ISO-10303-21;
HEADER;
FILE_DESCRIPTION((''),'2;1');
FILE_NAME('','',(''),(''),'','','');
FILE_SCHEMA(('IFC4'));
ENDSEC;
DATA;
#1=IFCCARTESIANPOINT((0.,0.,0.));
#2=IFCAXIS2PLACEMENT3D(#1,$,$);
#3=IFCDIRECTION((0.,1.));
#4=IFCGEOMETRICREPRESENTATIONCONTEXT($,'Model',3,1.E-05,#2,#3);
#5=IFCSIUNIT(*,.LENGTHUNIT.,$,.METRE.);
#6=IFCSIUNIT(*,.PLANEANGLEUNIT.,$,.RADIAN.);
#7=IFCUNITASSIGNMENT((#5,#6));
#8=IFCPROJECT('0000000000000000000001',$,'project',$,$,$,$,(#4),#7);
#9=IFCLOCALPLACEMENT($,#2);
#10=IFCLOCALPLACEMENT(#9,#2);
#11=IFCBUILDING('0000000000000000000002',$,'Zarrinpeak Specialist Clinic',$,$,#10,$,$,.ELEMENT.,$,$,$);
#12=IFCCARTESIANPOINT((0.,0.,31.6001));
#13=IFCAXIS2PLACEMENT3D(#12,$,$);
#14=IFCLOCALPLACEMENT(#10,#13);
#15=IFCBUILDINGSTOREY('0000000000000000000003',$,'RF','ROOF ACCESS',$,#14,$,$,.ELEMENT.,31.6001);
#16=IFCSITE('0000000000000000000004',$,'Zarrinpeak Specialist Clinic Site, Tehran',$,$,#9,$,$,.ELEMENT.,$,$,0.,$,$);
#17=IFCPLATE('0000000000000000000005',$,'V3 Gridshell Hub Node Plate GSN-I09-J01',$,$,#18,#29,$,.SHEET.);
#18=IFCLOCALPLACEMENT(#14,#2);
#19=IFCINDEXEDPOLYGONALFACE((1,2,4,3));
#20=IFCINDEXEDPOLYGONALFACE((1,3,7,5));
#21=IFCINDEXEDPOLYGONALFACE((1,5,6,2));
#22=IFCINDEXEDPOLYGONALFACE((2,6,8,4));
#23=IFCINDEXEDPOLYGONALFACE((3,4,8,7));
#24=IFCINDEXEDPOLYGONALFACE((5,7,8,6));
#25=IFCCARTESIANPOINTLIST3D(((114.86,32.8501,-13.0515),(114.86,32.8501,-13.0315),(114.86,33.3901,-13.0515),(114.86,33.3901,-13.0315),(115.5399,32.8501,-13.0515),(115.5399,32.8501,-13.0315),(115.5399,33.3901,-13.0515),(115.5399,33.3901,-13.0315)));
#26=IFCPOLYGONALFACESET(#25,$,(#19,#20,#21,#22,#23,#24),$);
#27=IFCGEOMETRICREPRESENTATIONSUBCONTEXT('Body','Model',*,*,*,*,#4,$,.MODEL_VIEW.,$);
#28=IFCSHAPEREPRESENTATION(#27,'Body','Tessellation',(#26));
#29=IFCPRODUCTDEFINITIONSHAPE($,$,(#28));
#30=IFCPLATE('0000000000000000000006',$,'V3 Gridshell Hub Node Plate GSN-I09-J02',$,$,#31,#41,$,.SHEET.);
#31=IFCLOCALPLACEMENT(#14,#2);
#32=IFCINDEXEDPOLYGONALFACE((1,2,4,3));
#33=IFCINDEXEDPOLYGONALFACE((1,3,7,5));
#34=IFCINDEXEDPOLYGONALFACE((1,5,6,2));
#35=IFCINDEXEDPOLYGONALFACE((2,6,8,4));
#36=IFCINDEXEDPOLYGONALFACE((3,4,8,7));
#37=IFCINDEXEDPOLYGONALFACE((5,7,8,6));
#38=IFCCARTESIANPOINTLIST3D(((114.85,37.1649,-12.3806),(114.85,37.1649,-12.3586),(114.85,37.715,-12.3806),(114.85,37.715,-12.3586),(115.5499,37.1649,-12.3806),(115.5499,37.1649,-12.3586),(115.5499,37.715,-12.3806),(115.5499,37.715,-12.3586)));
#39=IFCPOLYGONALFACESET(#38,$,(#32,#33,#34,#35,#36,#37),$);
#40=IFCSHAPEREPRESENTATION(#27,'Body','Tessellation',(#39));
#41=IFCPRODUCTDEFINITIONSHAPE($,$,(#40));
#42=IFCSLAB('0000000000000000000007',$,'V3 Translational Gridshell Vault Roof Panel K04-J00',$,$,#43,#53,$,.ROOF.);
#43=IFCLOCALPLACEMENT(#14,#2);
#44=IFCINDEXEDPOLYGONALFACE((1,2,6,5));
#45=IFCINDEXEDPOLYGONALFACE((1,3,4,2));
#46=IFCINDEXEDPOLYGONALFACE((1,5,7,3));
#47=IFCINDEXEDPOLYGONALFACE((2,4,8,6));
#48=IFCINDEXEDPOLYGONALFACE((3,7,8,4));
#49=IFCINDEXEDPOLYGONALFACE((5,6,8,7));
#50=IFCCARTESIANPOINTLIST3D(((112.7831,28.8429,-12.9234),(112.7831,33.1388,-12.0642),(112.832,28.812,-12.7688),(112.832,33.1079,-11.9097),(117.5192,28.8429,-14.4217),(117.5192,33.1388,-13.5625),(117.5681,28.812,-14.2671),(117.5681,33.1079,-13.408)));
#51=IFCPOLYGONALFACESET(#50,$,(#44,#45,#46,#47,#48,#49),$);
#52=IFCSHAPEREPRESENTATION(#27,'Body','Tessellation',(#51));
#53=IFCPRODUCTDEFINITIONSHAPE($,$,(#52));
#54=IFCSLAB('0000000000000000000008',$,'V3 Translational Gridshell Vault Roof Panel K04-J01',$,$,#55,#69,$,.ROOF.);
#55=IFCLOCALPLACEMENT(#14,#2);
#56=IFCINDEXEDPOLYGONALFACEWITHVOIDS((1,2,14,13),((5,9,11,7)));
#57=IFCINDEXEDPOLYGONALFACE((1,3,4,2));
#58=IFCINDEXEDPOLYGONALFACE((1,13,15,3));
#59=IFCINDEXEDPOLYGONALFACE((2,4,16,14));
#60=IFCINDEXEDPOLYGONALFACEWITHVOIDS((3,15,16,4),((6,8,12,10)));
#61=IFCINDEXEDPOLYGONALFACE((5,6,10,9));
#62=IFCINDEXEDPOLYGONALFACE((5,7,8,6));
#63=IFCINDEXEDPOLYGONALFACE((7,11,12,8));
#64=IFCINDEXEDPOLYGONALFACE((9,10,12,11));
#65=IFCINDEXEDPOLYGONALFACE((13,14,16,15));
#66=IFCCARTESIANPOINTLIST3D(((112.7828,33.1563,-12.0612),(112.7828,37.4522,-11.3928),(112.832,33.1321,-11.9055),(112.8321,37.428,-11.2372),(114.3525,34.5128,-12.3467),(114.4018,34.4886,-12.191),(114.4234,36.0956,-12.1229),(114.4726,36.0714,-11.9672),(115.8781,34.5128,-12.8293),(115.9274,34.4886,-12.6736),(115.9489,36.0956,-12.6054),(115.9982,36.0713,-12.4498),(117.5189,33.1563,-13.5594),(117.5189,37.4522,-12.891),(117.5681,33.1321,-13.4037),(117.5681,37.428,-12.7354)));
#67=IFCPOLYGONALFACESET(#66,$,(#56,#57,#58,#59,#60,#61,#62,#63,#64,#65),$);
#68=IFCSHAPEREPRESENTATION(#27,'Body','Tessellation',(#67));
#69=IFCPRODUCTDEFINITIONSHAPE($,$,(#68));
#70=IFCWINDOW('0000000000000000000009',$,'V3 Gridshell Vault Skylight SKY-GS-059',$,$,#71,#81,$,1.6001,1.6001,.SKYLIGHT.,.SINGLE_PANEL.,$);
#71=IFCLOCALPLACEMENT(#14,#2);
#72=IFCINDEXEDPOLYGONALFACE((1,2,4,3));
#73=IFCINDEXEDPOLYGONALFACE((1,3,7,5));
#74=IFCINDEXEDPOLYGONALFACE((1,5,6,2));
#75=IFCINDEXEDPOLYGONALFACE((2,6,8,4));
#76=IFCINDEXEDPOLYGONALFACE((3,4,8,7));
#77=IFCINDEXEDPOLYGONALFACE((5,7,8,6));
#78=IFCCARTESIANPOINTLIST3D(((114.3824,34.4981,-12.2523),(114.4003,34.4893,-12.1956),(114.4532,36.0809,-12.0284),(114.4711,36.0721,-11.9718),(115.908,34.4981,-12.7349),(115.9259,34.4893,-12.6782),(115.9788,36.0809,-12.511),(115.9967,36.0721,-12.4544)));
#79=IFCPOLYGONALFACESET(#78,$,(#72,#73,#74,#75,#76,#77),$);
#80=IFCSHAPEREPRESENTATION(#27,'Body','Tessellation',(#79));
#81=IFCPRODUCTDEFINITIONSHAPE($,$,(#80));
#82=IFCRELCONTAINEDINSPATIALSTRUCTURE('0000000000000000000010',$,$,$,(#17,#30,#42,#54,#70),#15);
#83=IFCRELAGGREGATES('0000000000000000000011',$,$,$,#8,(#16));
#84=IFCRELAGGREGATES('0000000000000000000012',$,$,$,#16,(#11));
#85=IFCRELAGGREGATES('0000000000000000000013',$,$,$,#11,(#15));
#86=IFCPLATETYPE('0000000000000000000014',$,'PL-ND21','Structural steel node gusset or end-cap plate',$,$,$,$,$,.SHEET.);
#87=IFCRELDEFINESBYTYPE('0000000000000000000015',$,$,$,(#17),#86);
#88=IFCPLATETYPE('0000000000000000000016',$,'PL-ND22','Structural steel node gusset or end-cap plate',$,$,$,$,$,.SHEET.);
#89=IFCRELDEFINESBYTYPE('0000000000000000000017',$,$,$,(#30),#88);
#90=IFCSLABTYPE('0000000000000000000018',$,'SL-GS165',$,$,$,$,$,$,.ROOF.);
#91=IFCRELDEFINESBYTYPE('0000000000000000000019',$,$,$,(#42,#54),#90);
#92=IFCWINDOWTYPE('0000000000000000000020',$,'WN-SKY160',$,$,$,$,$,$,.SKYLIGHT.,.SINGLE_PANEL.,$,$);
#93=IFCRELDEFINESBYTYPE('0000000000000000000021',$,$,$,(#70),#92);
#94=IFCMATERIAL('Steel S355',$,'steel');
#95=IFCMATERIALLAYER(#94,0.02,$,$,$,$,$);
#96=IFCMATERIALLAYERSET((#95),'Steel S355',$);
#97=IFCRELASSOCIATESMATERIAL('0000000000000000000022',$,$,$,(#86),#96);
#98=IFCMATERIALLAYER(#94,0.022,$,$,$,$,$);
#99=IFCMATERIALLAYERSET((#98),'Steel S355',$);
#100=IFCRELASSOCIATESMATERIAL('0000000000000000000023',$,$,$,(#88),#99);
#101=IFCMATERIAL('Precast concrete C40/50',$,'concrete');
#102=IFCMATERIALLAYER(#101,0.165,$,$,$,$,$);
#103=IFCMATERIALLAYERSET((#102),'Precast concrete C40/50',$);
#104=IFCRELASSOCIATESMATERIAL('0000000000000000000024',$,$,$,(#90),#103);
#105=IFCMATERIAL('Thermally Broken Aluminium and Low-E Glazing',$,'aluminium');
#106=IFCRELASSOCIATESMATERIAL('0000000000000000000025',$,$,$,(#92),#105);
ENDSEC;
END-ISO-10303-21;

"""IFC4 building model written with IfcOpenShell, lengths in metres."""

from ifc_helpers import new_model, si_unit, direction, frame, origin, origin_2d, place, context, subcontext, project, spatial, polyline, rectangle, outline, extrude, material, layer, layer_set, type_object, element, fill, save


model = new_model("IFC4")

# Units and contexts
model_context = context("Model", 3, precision=1e-05, world=origin(), true_north=direction((0.0, 1.0)))
body_context = subcontext(model_context, "Body", "Model", "MODEL_VIEW")
ifc_project = project(units=[si_unit("LENGTHUNIT", "METRE"), si_unit("PLANEANGLEUNIT", "RADIAN")], contexts=[model_context])

# Site, building, storey
site_placement = place(None, origin())
site = spatial("IfcSite", under=ifc_project, at=site_placement, Name="Zarrinpeak Specialist Clinic Site, Tehran", CompositionType="ELEMENT", RefElevation=0.0)
building_placement = place(site_placement, origin())
building = spatial("IfcBuilding", under=site, at=building_placement, Name="Zarrinpeak Specialist Clinic", CompositionType="ELEMENT")
storey_placement = place(building_placement, frame((0.0, 0.0, 31.6001)))
storey = spatial("IfcBuildingStorey", under=building, at=storey_placement, Name="RF", Description="ROOF ACCESS", CompositionType="ELEMENT", Elevation=31.6001)

# Shared definitions
ifc_material_1 = material(Name="Steel S355", Category="steel")

# Plates
ifc_layer_1 = layer(ifc_material_1, 0.02)
ifc_layer_set_1 = layer_set([ifc_layer_1], Name="Steel S355")
plate_type_1 = type_object("IfcPlateType", Name="PL-ND21", Description="Structural steel node gusset or end-cap plate", PredefinedType="SHEET", material=ifc_layer_set_1)
plate_1_placement = place(storey_placement, frame((115.2, 33.1201, -13.0515), z_axis=(0.0, 0.0, 1.0), x_axis=(1.0, 0.0, 0.0)))
element("IfcPlate", 1, at=plate_1_placement, inside=storey, type_object=plate_type_1, Name="V3 Gridshell Hub Node Plate GSN-I09-J01", PredefinedType="SHEET", context=body_context, shape_type="SweptSolid", body=[
    extrude(rectangle(XDim=0.6799, YDim=0.54, at=origin_2d()), origin(), (0.0, 0.0, 1.0), 0.02),
])
ifc_layer_2 = layer(ifc_material_1, 0.022)
ifc_layer_set_2 = layer_set([ifc_layer_2], Name="Steel S355")
plate_type_2 = type_object("IfcPlateType", Name="PL-ND22", Description="Structural steel node gusset or end-cap plate", PredefinedType="SHEET", material=ifc_layer_set_2)
plate_2_placement = place(storey_placement, frame((115.2, 37.4399, -12.3806), z_axis=(0.0, 0.0, 1.0), x_axis=(1.0, 0.0, 0.0)))
element("IfcPlate", 2, at=plate_2_placement, inside=storey, type_object=plate_type_2, Name="V3 Gridshell Hub Node Plate GSN-I09-J02", PredefinedType="SHEET", context=body_context, shape_type="SweptSolid", body=[
    extrude(rectangle(XDim=0.7, YDim=0.55, at=origin_2d()), origin(), (0.0, 0.0, 1.0), 0.022),
])

# Slab
ifc_material_2 = material(Name="Precast concrete C40/50", Category="concrete")
ifc_layer_3 = layer(ifc_material_2, 0.165)
ifc_layer_set_3 = layer_set([ifc_layer_3], Name="Precast concrete C40/50")
slab_type = type_object("IfcSlabType", Name="SL-GS165", PredefinedType="ROOF", material=ifc_layer_set_3)
slab_1_placement = place(storey_placement, frame((112.832, 28.812, -12.7688), z_axis=(0.296285, -0.1873, 0.936554), x_axis=(0.953427, 0.0, -0.301623)))
element("IfcSlab", 3, at=slab_1_placement, inside=storey, type_object=slab_type, Name="V3 Translational Gridshell Vault Roof Panel K04-J00", PredefinedType="ROOF", context=body_context, shape_type="SweptSolid", body=[
    extrude(outline(polyline([(0.0, 0.0), (4.9674, 0.0), (4.7083, 4.3733), (-0.2591, 4.3733), (0.0, 0.0)])), origin(), (0.0, 0.0, -1.0), 0.165),
])

# Slab, opening, window
slab_2_placement = place(storey_placement, frame((112.832, 33.1321, -11.9055), z_axis=(0.298336, -0.146725, 0.943116), x_axis=(0.953434, -0.000003, -0.301601)))
slab_2 = element("IfcSlab", 4, at=slab_2_placement, inside=storey, type_object=slab_type, Name="V3 Translational Gridshell Vault Roof Panel K04-J01", PredefinedType="ROOF", context=body_context, shape_type="SweptSolid", body=[
    extrude(outline(polyline([(0.0, 0.0), (4.9674, 0.0), (4.7658, 4.3429), (-0.2015, 4.3429), (0.0, 0.0)])), origin(), (0.0, 0.0, -1.0), 0.165),
])
opening_placement = place(slab_2_placement, frame((2.3828, 2.1714, 0.0)))
opening = element("IfcOpeningElement", 5, at=opening_placement, cuts=slab_2, PredefinedType="OPENING", context=body_context, shape_type="SweptSolid", body=[
    extrude(rectangle(XDim=1.6001, YDim=1.6001, at=origin_2d()), frame((0.0, 0.0, 0.01), z_axis=(0.0, 0.0, 1.0), x_axis=(1.0, 0.0, 0.0)), (0.0, 0.0, -1.0), 0.1851),
])
ifc_material_3 = material(Name="Thermally Broken Aluminium and Low-E Glazing", Category="aluminium")
window_type = type_object("IfcWindowType", Name="WN-SKY160", PartitioningType="SINGLE_PANEL", PredefinedType="SKYLIGHT", material=ifc_material_3)
window_placement = place(opening_placement, frame((0.0, 0.0, -0.0049)))
window = element("IfcWindow", 6, at=window_placement, inside=storey, type_object=window_type, Name="V3 Gridshell Vault Skylight SKY-GS-059", OverallHeight=1.6001, OverallWidth=1.6001, PartitioningType="SINGLE_PANEL", PredefinedType="SKYLIGHT", context=body_context, shape_type="SweptSolid", body=[
    extrude(rectangle(XDim=1.6001, YDim=1.6001, at=origin_2d()), origin(), (0.0, 0.0, -1.0), 0.0601),
])
fill(opening, window)

save(model, "model.ifc")
